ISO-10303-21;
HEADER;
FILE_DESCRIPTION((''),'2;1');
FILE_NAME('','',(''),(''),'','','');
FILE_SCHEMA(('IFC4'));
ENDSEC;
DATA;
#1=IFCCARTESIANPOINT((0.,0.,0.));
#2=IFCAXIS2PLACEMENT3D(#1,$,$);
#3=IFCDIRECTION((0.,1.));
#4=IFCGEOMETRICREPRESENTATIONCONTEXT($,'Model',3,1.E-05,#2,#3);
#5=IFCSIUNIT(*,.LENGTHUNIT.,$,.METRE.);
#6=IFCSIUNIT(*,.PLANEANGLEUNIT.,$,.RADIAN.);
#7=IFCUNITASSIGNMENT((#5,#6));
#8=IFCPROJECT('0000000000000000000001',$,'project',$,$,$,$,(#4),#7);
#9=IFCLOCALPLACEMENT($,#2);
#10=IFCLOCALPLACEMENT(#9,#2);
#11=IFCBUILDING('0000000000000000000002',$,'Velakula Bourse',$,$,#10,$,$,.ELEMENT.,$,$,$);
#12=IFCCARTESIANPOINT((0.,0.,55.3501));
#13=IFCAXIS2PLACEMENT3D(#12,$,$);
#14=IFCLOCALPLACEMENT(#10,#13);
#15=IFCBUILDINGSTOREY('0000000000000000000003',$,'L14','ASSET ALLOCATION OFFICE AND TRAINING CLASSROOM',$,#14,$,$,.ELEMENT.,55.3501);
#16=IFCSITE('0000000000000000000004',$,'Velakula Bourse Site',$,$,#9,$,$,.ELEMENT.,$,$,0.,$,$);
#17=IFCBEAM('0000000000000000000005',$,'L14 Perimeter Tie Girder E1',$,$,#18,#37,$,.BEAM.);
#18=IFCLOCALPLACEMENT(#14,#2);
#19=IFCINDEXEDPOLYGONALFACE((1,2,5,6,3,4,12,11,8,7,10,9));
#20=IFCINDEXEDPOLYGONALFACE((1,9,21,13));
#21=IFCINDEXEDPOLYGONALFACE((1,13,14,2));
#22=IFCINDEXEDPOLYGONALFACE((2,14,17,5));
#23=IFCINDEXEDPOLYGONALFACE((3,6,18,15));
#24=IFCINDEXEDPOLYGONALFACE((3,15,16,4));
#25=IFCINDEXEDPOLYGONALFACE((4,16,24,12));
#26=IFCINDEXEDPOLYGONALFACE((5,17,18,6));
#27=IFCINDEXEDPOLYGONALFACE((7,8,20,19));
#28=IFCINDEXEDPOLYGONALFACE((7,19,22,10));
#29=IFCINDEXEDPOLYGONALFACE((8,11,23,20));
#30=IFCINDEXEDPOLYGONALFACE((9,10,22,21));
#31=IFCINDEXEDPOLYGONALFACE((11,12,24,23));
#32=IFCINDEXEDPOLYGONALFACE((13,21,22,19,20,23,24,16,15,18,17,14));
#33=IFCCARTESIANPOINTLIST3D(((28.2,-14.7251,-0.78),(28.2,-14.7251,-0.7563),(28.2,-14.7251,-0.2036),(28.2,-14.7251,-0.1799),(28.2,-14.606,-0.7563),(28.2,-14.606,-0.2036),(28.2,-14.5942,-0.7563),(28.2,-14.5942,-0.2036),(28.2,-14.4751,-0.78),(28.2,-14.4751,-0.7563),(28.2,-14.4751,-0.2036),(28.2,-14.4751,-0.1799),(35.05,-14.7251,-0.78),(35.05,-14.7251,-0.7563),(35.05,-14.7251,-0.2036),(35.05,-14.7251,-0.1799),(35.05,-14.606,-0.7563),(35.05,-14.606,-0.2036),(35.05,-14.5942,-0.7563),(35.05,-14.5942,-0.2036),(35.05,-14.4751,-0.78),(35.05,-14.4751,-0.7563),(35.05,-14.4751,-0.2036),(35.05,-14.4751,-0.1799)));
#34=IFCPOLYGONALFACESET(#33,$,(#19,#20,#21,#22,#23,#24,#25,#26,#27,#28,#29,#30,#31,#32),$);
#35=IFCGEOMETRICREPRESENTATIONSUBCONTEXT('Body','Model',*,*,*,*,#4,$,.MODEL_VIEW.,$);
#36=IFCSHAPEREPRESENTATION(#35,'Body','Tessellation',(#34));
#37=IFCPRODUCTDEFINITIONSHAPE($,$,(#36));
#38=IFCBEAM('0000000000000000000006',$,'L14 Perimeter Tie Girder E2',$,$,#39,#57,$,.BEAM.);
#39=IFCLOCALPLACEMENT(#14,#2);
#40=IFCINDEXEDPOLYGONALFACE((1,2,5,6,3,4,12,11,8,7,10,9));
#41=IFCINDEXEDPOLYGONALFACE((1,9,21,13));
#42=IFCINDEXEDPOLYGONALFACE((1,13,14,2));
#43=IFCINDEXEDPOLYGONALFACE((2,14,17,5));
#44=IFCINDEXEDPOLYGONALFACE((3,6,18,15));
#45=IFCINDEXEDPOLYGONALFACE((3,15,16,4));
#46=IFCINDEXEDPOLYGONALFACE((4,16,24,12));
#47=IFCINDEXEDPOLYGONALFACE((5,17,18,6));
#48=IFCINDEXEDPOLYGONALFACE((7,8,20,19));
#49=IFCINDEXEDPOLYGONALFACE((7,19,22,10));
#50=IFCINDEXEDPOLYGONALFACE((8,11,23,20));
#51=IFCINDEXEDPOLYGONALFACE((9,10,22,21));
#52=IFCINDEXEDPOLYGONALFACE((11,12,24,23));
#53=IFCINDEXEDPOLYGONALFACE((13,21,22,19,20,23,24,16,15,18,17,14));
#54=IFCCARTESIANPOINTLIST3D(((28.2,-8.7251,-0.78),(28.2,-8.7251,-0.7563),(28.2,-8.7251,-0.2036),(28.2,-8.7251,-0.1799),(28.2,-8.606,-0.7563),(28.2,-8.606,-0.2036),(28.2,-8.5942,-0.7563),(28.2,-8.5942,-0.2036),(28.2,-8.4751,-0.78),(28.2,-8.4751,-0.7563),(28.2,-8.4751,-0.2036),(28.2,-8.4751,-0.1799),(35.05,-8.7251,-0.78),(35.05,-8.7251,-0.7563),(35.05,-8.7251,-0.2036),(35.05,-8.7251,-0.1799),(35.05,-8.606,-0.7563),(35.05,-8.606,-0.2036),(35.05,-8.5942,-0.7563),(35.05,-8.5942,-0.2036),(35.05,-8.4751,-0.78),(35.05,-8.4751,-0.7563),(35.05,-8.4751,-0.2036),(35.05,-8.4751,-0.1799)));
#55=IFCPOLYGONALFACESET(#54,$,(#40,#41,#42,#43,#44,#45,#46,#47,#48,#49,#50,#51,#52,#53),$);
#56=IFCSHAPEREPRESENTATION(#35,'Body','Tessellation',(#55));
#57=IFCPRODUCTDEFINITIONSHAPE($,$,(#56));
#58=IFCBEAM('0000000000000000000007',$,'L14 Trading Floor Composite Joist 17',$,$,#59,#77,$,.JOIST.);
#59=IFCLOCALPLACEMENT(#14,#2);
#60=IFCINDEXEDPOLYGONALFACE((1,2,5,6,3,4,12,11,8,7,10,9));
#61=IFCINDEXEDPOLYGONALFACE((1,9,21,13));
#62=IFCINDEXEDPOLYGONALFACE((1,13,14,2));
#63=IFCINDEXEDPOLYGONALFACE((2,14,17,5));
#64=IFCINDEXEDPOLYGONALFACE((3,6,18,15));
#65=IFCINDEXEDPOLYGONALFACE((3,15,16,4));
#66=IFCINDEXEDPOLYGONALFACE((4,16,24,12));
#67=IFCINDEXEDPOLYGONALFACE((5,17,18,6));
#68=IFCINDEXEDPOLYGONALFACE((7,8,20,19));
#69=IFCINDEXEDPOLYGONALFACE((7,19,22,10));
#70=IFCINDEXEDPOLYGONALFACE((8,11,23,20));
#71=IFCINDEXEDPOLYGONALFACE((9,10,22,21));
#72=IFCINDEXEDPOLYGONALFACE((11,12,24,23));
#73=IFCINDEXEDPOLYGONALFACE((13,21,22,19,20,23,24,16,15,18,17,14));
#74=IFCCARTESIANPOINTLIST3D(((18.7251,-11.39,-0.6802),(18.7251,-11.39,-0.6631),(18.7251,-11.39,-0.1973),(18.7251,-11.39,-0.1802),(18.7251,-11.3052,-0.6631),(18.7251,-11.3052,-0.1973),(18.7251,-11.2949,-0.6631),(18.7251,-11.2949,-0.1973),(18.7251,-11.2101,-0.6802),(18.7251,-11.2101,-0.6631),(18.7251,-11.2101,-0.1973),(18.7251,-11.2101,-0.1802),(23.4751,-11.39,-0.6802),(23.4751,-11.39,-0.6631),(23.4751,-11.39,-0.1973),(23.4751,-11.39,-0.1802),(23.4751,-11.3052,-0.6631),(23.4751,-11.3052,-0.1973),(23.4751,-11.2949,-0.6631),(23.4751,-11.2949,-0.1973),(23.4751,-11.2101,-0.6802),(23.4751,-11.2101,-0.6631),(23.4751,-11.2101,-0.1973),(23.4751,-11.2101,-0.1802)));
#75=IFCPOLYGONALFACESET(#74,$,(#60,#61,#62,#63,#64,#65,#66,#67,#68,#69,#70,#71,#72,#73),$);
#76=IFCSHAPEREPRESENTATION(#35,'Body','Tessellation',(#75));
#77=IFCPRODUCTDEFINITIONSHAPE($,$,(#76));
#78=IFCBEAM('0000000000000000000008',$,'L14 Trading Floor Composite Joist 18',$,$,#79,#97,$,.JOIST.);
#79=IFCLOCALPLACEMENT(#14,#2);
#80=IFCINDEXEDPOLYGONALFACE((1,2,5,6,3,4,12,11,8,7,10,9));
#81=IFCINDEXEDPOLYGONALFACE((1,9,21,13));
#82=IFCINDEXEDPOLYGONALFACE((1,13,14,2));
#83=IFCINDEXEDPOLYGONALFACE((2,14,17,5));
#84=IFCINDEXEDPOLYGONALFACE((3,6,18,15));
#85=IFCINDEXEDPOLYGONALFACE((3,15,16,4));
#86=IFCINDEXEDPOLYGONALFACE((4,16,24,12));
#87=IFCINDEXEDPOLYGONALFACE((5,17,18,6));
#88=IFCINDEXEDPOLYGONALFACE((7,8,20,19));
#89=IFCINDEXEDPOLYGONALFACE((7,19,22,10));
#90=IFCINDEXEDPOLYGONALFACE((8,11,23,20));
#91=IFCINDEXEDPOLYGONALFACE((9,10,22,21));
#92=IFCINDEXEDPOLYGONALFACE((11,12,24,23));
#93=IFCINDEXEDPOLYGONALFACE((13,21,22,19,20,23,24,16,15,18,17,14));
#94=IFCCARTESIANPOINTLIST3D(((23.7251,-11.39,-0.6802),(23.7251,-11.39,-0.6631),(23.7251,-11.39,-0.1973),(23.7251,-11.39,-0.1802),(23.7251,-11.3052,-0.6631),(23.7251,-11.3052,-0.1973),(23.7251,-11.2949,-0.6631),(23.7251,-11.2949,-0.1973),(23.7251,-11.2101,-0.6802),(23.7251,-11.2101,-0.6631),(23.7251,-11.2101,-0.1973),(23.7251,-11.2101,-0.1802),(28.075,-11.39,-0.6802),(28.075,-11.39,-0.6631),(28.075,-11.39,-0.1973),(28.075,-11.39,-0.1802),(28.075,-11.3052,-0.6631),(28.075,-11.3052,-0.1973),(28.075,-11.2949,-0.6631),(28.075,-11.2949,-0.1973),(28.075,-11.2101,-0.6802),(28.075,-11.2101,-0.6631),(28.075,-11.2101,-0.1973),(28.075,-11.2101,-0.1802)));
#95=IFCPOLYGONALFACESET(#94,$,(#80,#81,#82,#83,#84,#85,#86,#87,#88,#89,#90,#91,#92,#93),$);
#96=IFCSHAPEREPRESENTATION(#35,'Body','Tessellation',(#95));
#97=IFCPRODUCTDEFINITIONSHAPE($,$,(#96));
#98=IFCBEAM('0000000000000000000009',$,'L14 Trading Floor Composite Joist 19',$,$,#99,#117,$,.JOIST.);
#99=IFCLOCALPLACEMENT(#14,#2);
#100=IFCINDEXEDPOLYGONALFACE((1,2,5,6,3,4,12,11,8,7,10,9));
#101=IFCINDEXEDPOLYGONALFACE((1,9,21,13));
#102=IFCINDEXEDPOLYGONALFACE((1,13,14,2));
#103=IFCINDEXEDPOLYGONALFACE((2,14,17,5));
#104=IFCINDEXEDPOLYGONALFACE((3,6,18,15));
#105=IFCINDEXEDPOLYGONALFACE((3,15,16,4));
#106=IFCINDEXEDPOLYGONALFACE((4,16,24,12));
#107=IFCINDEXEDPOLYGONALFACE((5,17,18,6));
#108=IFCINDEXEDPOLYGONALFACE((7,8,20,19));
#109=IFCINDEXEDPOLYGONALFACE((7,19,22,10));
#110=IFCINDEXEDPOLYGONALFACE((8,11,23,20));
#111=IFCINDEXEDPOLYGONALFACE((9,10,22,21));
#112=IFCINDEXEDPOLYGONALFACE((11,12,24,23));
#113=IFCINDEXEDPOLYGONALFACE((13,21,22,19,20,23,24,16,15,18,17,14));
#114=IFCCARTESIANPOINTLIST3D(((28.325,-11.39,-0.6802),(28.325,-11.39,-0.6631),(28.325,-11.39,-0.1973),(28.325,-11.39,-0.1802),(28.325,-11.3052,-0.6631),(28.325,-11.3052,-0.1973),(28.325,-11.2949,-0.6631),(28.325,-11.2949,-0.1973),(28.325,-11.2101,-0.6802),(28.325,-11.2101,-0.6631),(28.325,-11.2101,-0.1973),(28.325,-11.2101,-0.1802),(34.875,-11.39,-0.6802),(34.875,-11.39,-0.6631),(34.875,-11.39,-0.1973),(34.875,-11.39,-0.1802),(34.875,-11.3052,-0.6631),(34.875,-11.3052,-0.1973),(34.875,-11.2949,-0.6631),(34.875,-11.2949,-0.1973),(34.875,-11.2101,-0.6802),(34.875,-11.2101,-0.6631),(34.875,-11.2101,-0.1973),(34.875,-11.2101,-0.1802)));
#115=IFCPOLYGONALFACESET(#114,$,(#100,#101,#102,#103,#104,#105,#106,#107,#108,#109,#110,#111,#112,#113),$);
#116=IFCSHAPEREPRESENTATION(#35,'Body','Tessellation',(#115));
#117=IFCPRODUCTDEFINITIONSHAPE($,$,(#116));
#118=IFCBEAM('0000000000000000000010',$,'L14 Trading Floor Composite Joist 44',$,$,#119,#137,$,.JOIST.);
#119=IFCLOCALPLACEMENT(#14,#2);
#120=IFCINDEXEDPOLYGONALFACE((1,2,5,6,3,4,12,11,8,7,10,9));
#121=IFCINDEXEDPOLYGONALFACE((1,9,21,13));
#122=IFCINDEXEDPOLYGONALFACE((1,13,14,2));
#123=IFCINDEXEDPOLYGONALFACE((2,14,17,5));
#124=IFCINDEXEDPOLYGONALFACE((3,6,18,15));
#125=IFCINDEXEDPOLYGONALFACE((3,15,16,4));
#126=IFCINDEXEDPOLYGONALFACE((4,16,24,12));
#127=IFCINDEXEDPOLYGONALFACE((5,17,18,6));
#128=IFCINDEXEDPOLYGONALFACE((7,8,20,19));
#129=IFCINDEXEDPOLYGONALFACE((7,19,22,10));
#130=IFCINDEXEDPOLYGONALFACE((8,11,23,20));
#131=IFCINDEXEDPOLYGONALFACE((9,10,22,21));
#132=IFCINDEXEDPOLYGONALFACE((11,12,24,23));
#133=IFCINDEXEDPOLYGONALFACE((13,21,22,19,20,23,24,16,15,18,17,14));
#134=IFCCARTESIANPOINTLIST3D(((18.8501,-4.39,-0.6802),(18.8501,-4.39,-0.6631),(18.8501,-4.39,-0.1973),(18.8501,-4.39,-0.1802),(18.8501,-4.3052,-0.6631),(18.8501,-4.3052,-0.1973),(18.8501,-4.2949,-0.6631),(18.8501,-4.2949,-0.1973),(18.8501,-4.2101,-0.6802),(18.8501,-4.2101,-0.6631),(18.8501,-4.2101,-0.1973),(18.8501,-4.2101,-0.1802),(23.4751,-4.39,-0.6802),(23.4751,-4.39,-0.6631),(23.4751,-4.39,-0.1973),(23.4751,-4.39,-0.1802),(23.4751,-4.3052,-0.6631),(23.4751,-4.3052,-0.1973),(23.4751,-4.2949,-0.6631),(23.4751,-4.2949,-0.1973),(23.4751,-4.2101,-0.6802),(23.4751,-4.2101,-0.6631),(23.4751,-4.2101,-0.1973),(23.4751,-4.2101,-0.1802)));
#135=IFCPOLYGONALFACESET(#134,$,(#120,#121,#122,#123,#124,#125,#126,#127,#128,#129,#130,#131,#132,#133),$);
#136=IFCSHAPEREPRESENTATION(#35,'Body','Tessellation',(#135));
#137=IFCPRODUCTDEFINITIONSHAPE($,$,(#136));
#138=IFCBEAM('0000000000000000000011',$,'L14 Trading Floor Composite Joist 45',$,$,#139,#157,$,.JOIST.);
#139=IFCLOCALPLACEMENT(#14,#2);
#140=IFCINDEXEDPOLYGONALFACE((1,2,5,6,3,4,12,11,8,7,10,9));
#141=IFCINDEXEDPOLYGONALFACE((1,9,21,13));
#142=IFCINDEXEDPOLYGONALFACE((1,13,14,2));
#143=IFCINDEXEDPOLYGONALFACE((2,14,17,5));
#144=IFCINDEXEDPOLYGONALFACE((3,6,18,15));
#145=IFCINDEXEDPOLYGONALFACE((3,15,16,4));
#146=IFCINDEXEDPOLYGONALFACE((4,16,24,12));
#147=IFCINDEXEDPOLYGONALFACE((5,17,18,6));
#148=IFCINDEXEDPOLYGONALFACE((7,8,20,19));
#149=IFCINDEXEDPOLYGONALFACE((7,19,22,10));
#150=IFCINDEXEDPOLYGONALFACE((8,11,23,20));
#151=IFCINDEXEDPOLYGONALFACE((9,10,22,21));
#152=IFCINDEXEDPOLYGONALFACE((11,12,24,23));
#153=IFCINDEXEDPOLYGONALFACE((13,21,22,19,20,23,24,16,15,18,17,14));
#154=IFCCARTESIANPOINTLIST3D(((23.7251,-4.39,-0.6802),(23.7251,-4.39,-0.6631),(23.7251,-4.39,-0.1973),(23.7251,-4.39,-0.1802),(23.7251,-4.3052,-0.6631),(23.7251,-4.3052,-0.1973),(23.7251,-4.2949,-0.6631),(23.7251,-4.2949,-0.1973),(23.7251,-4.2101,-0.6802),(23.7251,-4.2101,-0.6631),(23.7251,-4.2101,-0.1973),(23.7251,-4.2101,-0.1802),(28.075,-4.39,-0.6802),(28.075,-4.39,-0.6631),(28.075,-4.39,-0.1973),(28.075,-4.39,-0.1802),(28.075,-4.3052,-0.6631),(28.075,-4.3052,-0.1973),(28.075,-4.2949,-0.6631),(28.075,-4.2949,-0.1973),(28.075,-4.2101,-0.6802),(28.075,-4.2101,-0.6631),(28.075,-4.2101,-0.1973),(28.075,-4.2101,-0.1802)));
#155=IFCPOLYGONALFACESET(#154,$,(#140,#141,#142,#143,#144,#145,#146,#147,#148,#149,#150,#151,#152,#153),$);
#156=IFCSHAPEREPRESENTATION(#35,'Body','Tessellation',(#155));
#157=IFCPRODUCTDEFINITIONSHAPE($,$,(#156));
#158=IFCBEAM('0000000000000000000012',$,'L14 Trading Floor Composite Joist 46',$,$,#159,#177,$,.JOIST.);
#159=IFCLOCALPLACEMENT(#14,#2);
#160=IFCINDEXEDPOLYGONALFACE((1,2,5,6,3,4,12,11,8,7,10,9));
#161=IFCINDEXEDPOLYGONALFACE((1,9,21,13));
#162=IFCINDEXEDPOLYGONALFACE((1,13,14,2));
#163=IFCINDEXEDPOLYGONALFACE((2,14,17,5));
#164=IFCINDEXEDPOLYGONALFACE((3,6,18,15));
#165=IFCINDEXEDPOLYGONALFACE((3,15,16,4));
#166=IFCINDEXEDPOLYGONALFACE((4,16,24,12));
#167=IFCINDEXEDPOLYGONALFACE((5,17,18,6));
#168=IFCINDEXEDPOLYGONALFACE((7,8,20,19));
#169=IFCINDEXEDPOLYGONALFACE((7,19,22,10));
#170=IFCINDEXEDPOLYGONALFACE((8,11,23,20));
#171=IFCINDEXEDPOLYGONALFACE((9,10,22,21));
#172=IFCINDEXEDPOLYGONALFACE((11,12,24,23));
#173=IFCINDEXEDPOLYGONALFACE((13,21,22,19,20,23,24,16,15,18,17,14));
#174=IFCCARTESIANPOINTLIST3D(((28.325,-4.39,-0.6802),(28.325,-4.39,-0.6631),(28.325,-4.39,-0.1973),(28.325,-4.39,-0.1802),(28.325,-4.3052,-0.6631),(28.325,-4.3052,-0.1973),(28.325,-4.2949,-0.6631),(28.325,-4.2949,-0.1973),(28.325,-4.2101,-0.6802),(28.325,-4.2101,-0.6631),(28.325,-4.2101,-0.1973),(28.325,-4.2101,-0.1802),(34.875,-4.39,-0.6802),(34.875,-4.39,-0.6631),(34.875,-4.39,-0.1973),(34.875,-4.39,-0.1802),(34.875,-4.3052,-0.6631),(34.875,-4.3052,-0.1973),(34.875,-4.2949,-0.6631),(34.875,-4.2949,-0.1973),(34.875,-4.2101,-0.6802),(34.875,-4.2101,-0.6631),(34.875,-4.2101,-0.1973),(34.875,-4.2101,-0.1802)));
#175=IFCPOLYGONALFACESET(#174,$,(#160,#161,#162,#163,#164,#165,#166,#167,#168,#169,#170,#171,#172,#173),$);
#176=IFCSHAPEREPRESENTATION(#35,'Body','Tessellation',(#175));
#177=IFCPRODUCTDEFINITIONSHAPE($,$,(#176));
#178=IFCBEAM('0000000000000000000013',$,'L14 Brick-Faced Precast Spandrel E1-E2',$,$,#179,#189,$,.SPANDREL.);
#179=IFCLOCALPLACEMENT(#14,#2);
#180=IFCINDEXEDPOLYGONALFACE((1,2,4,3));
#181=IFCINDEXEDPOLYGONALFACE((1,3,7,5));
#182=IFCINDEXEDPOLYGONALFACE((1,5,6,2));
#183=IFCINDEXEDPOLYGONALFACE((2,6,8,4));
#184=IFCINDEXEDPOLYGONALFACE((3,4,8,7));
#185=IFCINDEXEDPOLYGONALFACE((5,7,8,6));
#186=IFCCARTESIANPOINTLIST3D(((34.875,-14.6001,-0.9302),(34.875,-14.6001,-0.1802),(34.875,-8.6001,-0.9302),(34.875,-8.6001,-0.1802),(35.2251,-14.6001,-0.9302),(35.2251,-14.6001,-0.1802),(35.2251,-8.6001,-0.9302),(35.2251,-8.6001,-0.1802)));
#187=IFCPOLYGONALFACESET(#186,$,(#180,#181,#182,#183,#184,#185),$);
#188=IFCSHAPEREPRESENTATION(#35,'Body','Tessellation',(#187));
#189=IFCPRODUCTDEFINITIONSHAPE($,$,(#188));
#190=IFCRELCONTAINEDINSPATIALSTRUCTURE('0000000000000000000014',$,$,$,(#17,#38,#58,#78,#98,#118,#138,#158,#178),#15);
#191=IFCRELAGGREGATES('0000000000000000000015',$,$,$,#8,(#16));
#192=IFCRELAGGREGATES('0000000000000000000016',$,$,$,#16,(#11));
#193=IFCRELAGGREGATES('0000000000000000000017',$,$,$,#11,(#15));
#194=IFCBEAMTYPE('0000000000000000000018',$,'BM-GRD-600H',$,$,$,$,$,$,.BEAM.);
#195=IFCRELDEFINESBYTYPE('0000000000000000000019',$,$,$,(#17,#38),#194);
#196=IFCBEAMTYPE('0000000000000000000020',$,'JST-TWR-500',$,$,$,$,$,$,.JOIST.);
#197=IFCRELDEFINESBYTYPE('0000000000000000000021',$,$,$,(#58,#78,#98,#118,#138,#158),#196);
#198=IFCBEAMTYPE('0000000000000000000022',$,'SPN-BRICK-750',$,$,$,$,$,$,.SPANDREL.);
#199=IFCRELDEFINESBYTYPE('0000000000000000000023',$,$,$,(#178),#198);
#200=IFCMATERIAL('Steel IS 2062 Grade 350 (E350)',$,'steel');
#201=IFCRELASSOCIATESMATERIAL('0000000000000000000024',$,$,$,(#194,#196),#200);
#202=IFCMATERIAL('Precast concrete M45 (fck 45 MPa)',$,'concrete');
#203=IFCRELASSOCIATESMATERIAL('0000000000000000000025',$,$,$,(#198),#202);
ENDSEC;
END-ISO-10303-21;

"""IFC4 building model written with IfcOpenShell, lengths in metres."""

from ifc_helpers import new_model, si_unit, direction, frame, origin, origin_2d, place, context, subcontext, project, spatial, rectangle, i_section, extrude, material, material_profile, profile_set, type_object, element, save


model = new_model("IFC4")

# Units and contexts
model_context = context("Model", 3, precision=1e-05, world=origin(), true_north=direction((0.0, 1.0)))
body_context = subcontext(model_context, "Body", "Model", "MODEL_VIEW")
ifc_project = project(units=[si_unit("LENGTHUNIT", "METRE"), si_unit("PLANEANGLEUNIT", "RADIAN")], contexts=[model_context])

# Site, building, storey
site_placement = place(None, origin())
site = spatial("IfcSite", under=ifc_project, at=site_placement, Name="Velakula Bourse Site", CompositionType="ELEMENT", RefElevation=0.0)
building_placement = place(site_placement, origin())
building = spatial("IfcBuilding", under=site, at=building_placement, Name="Velakula Bourse", CompositionType="ELEMENT")
storey_placement = place(building_placement, frame((0.0, 0.0, 55.3501)))
storey = spatial("IfcBuildingStorey", under=building, at=storey_placement, Name="L14", Description="ASSET ALLOCATION OFFICE AND TRAINING CLASSROOM", CompositionType="ELEMENT", Elevation=55.3501)

# Beams
ifc_material_1 = material(Name="Steel IS 2062 Grade 350 (E350)", Category="steel")
ifc_material_profile_1 = material_profile(ifc_material_1, i_section(OverallWidth=0.25, OverallDepth=0.6001, WebThickness=0.0117, FlangeThickness=0.0237, at=origin_2d()), Name="Steel IS 2062 Grade 350 (E350)")
ifc_profile_set_1 = profile_set([ifc_material_profile_1], Name="Steel IS 2062 Grade 350 (E350)")
beam_type_1 = type_object("IfcBeamType", Name="BM-GRD-600H", PredefinedType="BEAM", material=ifc_profile_set_1)
for number, where, z_axis, x_axis, name in (
    (1, (28.2, -14.6001, -0.48), (1.0, 0.0, 0.0), (0.0, 1.0, 0.0), "L14 Perimeter Tie Girder E1"),
    (2, (28.2, -8.6001, -0.48), (1.0, 0.0, 0.0), (0.0, 1.0, 0.0), "L14 Perimeter Tie Girder E2"),
):
    element("IfcBeam", number, at=place(storey_placement, frame(where, z_axis=z_axis, x_axis=x_axis)), inside=storey, type_object=beam_type_1, Name=name, PredefinedType="BEAM", context=body_context, shape_type="SweptSolid", body=[
        extrude(i_section(OverallWidth=0.25, OverallDepth=0.6001, WebThickness=0.0117, FlangeThickness=0.0237, at=origin_2d()), origin(), (0.0, 0.0, 1.0), 6.8501),
    ])
ifc_material_profile_2 = material_profile(ifc_material_1, i_section(OverallWidth=0.1799, OverallDepth=0.5, WebThickness=0.0103, FlangeThickness=0.0171, at=origin_2d()), Name="Steel IS 2062 Grade 350 (E350)")
ifc_profile_set_2 = profile_set([ifc_material_profile_2], Name="Steel IS 2062 Grade 350 (E350)")
beam_type_2 = type_object("IfcBeamType", Name="JST-TWR-500", PredefinedType="JOIST", material=ifc_profile_set_2)
beam_1_placement = place(storey_placement, frame((18.7251, -11.3, -0.4302), z_axis=(1.0, 0.0, 0.0), x_axis=(0.0, 1.0, 0.0)))
element("IfcBeam", 3, at=beam_1_placement, inside=storey, type_object=beam_type_2, Name="L14 Trading Floor Composite Joist 17", PredefinedType="JOIST", context=body_context, shape_type="SweptSolid", body=[
    extrude(i_section(OverallWidth=0.1799, OverallDepth=0.5, WebThickness=0.0103, FlangeThickness=0.0171, at=origin_2d()), origin(), (0.0, 0.0, 1.0), 4.75),
])
beam_2_placement = place(storey_placement, frame((23.7251, -11.3, -0.4302), z_axis=(1.0, 0.0, 0.0), x_axis=(0.0, 1.0, 0.0)))
element("IfcBeam", 4, at=beam_2_placement, inside=storey, type_object=beam_type_2, Name="L14 Trading Floor Composite Joist 18", PredefinedType="JOIST", context=body_context, shape_type="SweptSolid", body=[
    extrude(i_section(OverallWidth=0.1799, OverallDepth=0.5, WebThickness=0.0103, FlangeThickness=0.0171, at=origin_2d()), origin(), (0.0, 0.0, 1.0), 4.3499),
])
beam_3_placement = place(storey_placement, frame((28.325, -11.3, -0.4302), z_axis=(1.0, 0.0, 0.0), x_axis=(0.0, 1.0, 0.0)))
element("IfcBeam", 5, at=beam_3_placement, inside=storey, type_object=beam_type_2, Name="L14 Trading Floor Composite Joist 19", PredefinedType="JOIST", context=body_context, shape_type="SweptSolid", body=[
    extrude(i_section(OverallWidth=0.1799, OverallDepth=0.5, WebThickness=0.0103, FlangeThickness=0.0171, at=origin_2d()), origin(), (0.0, 0.0, 1.0), 6.55),
])
beam_4_placement = place(storey_placement, frame((18.8501, -4.3, -0.4302), z_axis=(1.0, 0.0, 0.0), x_axis=(0.0, 1.0, 0.0)))
element("IfcBeam", 6, at=beam_4_placement, inside=storey, type_object=beam_type_2, Name="L14 Trading Floor Composite Joist 44", PredefinedType="JOIST", context=body_context, shape_type="SweptSolid", body=[
    extrude(i_section(OverallWidth=0.1799, OverallDepth=0.5, WebThickness=0.0103, FlangeThickness=0.0171, at=origin_2d()), origin(), (0.0, 0.0, 1.0), 4.625),
])
beam_5_placement = place(storey_placement, frame((23.7251, -4.3, -0.4302), z_axis=(1.0, 0.0, 0.0), x_axis=(0.0, 1.0, 0.0)))
element("IfcBeam", 7, at=beam_5_placement, inside=storey, type_object=beam_type_2, Name="L14 Trading Floor Composite Joist 45", PredefinedType="JOIST", context=body_context, shape_type="SweptSolid", body=[
    extrude(i_section(OverallWidth=0.1799, OverallDepth=0.5, WebThickness=0.0103, FlangeThickness=0.0171, at=origin_2d()), origin(), (0.0, 0.0, 1.0), 4.3499),
])
beam_6_placement = place(storey_placement, frame((28.325, -4.3, -0.4302), z_axis=(1.0, 0.0, 0.0), x_axis=(0.0, 1.0, 0.0)))
element("IfcBeam", 8, at=beam_6_placement, inside=storey, type_object=beam_type_2, Name="L14 Trading Floor Composite Joist 46", PredefinedType="JOIST", context=body_context, shape_type="SweptSolid", body=[
    extrude(i_section(OverallWidth=0.1799, OverallDepth=0.5, WebThickness=0.0103, FlangeThickness=0.0171, at=origin_2d()), origin(), (0.0, 0.0, 1.0), 6.55),
])
ifc_material_2 = material(Name="Precast concrete M45 (fck 45 MPa)", Category="concrete")
ifc_material_profile_3 = material_profile(ifc_material_2, rectangle(XDim=0.3501, YDim=0.75, at=origin_2d()), Name="Precast concrete M45 (fck 45 MPa)")
ifc_profile_set_3 = profile_set([ifc_material_profile_3], Name="Precast concrete M45 (fck 45 MPa)")
beam_type_3 = type_object("IfcBeamType", Name="SPN-BRICK-750", PredefinedType="SPANDREL", material=ifc_profile_set_3)
beam_7_placement = place(storey_placement, frame((35.05, -14.6001, -0.5552), z_axis=(0.0, 1.0, 0.0), x_axis=(-1.0, 0.0, 0.0)))
element("IfcBeam", 9, at=beam_7_placement, inside=storey, type_object=beam_type_3, Name="L14 Brick-Faced Precast Spandrel E1-E2", PredefinedType="SPANDREL", context=body_context, shape_type="SweptSolid", body=[
    extrude(rectangle(XDim=0.3501, YDim=0.75, at=origin_2d()), origin(), (0.0, 0.0, 1.0), 6.0),
])

save(model, "model.ifc")
